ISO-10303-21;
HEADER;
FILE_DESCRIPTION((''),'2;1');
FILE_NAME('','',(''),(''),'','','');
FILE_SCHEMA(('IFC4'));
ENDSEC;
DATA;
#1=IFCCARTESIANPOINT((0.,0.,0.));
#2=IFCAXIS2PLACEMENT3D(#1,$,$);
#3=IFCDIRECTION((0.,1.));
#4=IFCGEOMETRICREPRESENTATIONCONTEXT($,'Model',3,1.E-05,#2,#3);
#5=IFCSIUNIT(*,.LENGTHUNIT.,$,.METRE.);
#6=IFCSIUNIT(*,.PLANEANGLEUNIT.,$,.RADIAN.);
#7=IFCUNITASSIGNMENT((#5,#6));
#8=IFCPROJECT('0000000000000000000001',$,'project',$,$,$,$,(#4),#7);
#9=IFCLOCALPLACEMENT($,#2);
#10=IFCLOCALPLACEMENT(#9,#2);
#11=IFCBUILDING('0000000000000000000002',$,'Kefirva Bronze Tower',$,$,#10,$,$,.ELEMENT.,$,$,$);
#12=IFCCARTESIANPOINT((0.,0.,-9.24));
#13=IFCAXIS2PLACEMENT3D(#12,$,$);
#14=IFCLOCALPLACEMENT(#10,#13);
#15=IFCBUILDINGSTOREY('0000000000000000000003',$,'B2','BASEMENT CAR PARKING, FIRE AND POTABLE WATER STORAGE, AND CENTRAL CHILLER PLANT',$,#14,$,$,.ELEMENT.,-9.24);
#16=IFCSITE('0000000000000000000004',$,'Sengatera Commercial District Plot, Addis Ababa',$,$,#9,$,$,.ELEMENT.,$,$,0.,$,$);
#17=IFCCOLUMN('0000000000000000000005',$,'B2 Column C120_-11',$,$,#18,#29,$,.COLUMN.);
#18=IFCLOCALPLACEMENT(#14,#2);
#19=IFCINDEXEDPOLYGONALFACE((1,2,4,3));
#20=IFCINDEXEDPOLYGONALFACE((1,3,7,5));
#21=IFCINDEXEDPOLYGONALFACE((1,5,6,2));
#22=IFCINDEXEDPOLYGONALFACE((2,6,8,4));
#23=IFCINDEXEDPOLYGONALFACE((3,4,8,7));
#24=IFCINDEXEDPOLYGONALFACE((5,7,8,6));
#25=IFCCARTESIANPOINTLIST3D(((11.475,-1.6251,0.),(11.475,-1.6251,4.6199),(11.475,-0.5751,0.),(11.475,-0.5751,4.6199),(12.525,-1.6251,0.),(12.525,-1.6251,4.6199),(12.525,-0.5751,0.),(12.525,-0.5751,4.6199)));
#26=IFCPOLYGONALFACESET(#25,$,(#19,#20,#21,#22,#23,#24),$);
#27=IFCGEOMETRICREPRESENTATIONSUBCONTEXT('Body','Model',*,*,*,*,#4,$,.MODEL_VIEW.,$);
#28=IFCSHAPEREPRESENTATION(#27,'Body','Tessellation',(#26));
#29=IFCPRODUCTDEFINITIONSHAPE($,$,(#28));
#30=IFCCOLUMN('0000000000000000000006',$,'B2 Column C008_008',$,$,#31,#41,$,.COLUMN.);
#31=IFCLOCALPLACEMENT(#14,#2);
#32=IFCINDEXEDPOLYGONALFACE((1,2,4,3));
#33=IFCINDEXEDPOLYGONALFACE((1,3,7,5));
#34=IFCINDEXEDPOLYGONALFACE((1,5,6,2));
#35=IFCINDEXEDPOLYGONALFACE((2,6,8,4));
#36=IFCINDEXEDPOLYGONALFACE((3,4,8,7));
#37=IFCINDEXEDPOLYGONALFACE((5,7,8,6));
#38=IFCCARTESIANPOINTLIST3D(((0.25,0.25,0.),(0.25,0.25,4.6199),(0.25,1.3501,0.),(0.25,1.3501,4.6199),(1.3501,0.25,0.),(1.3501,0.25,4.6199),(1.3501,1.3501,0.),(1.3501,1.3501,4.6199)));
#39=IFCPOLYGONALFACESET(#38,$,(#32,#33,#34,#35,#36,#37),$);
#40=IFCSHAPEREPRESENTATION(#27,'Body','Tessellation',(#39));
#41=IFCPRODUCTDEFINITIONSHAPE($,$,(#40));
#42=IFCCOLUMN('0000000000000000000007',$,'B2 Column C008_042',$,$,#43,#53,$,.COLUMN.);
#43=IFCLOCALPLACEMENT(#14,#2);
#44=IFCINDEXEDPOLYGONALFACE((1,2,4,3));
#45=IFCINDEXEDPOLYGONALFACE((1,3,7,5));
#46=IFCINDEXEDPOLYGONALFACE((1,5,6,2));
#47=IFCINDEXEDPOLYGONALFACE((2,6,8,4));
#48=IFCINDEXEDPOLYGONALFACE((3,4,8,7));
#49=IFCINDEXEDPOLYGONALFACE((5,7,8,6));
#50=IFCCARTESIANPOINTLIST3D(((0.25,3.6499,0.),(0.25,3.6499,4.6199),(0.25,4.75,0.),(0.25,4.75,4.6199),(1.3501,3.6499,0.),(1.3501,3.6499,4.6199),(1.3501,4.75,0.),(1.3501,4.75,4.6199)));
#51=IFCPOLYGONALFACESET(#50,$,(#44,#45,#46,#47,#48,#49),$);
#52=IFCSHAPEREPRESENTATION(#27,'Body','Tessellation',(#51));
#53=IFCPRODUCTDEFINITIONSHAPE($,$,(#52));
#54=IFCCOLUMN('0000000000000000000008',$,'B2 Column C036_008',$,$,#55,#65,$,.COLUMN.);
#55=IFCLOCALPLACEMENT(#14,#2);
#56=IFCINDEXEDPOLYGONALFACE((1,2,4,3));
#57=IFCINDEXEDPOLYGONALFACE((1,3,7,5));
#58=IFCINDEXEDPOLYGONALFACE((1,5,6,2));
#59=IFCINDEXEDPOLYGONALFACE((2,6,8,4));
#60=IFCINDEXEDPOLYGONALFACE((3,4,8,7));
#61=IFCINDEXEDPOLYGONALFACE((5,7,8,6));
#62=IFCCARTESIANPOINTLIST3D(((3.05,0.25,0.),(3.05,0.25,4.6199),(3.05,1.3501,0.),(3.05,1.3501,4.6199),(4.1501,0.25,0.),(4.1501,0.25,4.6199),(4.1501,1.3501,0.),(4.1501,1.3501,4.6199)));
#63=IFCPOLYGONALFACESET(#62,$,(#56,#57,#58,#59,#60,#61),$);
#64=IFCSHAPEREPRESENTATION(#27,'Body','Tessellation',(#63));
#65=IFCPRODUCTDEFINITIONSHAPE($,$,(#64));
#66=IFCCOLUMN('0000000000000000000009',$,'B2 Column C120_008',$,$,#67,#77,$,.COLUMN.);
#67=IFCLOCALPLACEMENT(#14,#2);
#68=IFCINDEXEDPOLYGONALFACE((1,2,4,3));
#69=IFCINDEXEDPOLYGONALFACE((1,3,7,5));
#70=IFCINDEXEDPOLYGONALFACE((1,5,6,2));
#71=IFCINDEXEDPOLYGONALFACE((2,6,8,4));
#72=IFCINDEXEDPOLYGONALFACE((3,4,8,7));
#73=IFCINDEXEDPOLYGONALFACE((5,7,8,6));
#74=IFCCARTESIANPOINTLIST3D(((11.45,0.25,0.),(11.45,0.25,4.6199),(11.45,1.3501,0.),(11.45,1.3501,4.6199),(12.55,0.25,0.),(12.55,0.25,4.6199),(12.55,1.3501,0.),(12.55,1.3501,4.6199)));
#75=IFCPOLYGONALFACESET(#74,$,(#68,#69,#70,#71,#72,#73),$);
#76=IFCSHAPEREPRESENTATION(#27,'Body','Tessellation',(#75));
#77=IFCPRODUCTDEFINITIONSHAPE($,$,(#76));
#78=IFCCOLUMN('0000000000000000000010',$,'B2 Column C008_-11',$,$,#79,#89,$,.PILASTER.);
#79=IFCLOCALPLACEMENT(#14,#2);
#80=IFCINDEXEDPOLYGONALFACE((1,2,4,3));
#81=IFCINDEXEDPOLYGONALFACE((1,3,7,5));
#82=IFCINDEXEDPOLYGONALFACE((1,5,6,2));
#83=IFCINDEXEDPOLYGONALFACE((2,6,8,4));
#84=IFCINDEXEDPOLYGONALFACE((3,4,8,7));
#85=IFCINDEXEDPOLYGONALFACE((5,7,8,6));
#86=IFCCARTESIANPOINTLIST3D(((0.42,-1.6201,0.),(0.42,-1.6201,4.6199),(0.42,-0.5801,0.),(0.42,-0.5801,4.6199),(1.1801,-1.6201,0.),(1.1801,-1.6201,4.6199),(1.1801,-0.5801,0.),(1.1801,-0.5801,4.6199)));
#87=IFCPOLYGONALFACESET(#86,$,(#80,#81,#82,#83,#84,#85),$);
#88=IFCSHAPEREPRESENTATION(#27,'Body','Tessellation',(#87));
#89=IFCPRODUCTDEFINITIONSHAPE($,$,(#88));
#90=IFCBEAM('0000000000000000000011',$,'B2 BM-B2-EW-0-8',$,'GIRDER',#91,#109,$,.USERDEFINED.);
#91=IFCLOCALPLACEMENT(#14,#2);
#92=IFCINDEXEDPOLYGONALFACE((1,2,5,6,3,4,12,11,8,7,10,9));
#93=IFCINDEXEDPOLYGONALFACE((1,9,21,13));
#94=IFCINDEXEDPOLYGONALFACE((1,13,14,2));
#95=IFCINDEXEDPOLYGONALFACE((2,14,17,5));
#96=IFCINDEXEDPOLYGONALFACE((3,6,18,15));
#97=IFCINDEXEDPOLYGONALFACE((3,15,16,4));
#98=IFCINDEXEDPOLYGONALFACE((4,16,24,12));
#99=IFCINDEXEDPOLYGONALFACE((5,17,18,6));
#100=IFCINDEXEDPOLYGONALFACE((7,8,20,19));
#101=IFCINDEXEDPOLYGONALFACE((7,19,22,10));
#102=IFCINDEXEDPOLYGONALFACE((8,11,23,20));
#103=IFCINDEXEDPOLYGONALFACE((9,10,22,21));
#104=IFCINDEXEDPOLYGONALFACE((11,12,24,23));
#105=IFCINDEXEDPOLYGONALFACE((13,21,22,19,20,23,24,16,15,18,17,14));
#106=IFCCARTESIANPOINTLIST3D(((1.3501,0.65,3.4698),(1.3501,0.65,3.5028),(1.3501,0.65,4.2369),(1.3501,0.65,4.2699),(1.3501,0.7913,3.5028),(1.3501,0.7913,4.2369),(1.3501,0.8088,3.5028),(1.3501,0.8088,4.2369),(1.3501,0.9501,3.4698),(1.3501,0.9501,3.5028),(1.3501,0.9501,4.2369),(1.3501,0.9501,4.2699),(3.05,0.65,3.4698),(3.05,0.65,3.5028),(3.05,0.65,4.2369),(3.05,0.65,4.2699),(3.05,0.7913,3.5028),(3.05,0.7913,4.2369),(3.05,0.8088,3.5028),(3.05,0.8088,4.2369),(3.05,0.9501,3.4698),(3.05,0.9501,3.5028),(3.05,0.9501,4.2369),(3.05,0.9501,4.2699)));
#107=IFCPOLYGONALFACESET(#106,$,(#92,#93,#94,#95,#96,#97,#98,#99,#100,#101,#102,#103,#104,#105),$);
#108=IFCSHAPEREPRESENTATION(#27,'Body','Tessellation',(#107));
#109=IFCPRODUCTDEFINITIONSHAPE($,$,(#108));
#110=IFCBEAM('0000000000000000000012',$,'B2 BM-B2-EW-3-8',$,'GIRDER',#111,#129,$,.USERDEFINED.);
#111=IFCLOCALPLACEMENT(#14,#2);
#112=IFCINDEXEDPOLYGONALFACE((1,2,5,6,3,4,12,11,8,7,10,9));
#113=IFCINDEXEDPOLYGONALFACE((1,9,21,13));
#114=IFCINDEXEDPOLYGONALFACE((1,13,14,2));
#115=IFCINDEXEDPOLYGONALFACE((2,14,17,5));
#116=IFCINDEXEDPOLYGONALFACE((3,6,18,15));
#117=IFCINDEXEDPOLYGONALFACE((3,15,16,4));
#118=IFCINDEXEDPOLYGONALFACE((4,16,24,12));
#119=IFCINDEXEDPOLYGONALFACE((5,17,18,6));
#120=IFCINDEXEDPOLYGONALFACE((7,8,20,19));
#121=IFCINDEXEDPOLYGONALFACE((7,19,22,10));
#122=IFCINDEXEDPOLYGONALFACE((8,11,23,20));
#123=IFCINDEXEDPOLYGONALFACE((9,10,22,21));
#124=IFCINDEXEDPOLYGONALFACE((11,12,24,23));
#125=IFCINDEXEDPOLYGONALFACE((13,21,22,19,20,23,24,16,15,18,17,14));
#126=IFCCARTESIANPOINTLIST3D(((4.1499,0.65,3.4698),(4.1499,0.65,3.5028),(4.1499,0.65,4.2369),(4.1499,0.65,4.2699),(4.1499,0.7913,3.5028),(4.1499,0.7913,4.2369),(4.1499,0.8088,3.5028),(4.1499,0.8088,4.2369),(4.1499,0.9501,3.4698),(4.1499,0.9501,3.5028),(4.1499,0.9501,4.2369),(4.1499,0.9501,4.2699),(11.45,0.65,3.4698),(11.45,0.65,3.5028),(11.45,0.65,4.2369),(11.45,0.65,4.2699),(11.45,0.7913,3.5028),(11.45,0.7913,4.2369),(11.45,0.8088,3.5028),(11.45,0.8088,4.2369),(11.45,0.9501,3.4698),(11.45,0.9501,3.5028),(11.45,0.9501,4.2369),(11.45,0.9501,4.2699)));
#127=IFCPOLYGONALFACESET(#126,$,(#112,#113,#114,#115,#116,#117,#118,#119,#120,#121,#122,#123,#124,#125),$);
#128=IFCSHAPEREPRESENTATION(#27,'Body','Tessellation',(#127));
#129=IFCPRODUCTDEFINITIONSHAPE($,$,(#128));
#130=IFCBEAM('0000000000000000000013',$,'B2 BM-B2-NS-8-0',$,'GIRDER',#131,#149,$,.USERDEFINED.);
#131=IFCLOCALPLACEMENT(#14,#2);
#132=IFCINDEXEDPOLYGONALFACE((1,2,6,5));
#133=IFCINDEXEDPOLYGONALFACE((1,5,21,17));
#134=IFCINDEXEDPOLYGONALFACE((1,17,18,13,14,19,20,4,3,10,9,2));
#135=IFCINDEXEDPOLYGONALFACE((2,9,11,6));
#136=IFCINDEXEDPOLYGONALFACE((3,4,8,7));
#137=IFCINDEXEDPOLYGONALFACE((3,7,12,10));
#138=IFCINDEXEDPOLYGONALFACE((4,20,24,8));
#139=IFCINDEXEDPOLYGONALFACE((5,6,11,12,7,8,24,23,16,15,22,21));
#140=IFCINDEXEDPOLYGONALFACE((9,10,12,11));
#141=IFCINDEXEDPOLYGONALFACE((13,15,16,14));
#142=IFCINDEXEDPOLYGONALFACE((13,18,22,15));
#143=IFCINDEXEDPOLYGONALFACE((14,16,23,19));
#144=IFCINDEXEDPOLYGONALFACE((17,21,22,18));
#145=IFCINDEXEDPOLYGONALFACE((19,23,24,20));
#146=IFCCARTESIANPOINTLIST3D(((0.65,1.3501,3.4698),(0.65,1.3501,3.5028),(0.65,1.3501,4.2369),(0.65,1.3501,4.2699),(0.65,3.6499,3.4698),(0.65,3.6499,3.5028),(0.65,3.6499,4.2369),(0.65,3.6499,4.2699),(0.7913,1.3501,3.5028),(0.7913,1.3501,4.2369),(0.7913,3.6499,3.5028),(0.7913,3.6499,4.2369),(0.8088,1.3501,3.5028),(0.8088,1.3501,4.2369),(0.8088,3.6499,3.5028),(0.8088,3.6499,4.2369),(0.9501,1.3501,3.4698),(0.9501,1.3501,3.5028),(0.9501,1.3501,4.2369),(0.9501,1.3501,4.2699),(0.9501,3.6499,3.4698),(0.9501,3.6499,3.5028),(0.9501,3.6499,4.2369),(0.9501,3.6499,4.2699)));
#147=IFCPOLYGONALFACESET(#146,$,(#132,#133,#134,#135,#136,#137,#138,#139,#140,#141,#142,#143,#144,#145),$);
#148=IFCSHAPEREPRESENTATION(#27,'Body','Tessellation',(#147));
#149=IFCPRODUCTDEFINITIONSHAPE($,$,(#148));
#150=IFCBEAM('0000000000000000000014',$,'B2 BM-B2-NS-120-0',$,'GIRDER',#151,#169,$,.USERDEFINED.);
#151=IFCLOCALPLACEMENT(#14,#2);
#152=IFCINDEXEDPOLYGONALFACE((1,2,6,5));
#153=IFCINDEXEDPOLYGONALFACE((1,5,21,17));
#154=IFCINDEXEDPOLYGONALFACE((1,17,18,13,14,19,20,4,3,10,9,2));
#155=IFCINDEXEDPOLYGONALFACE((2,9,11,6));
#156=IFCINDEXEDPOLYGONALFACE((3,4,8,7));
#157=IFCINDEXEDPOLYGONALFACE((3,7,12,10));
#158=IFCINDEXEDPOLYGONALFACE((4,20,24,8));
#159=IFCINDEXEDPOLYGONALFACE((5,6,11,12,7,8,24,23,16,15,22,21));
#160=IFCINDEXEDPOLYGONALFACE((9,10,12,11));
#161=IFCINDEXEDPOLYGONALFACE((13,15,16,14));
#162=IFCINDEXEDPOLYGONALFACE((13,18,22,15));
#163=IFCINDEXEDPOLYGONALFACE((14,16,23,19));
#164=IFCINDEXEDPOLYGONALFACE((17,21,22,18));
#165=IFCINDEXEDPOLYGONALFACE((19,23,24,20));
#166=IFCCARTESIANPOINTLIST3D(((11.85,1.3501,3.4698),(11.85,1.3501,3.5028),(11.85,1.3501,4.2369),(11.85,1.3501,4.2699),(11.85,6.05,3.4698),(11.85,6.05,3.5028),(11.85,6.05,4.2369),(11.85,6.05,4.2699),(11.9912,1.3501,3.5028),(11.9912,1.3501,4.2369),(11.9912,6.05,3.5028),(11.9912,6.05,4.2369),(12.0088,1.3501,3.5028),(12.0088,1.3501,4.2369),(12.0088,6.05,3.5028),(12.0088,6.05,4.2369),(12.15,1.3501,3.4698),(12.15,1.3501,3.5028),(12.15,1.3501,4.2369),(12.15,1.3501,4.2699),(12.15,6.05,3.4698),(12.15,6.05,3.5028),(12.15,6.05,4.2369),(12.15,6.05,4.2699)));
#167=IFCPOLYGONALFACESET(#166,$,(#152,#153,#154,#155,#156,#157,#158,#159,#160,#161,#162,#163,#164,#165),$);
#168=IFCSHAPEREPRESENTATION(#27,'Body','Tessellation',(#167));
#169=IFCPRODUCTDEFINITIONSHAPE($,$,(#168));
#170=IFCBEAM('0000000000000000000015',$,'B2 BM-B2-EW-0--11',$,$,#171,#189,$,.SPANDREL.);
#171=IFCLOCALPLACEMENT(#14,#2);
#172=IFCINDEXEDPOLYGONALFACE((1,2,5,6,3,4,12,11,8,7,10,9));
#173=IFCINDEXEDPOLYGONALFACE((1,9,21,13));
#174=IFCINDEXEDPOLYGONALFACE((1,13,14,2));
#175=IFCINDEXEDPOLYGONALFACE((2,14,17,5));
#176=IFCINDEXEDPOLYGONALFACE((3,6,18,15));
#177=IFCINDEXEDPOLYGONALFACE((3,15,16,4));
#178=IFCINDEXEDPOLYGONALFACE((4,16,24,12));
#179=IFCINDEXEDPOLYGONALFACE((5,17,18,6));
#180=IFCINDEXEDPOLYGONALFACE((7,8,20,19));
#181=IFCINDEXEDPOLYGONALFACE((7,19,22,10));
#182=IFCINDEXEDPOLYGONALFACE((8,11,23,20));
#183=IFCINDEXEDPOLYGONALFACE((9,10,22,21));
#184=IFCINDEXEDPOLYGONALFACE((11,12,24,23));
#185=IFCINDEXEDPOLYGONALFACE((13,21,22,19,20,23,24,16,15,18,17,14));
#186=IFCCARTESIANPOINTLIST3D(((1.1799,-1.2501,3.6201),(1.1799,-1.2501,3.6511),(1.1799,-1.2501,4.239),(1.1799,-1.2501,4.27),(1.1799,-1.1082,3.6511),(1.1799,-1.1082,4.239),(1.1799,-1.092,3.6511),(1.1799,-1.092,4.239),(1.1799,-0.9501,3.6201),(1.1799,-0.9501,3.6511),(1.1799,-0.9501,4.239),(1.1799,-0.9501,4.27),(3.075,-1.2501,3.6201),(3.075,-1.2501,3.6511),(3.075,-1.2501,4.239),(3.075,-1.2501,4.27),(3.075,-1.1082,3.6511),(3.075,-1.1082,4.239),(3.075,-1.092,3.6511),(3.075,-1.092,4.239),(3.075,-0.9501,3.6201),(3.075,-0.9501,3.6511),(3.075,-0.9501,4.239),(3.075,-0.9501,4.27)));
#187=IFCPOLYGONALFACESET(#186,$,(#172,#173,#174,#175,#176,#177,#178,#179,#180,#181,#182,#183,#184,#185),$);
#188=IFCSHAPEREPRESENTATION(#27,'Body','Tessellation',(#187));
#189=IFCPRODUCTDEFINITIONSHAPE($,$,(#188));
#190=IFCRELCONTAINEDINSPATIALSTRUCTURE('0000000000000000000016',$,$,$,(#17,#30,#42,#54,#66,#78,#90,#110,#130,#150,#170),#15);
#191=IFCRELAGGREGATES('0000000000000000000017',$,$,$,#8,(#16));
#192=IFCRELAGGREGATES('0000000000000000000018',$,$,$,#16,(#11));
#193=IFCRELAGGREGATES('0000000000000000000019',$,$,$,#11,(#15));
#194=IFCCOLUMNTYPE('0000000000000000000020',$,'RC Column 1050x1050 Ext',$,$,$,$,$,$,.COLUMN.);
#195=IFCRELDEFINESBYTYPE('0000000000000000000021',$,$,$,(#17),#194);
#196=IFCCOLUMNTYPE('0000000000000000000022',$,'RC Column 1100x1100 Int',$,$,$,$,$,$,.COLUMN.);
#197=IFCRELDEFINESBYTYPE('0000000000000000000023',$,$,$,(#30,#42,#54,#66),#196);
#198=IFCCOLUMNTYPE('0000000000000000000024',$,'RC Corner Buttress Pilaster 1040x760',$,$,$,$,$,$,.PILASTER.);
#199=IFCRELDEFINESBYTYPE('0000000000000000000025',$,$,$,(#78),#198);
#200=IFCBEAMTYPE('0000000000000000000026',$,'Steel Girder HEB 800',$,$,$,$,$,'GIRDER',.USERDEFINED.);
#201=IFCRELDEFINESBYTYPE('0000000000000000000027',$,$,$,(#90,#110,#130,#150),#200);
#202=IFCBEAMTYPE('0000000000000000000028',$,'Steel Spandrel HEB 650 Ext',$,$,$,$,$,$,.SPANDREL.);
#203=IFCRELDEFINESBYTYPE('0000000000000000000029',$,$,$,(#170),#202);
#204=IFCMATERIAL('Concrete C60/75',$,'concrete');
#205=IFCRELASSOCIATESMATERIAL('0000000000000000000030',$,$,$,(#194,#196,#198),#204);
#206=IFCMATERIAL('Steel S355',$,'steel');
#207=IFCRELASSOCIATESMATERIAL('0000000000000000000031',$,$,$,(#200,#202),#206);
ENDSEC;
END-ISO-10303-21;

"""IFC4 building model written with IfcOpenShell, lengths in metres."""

from ifc_helpers import new_model, si_unit, direction, frame, origin, origin_2d, place, context, subcontext, project, spatial, rectangle, i_section, extrude, material, material_profile, profile_set, type_object, element, save


model = new_model("IFC4")

# Units and contexts
model_context = context("Model", 3, precision=1e-05, world=origin(), true_north=direction((0.0, 1.0)))
body_context = subcontext(model_context, "Body", "Model", "MODEL_VIEW")
ifc_project = project(units=[si_unit("LENGTHUNIT", "METRE"), si_unit("PLANEANGLEUNIT", "RADIAN")], contexts=[model_context])

# Site, building, storey
site_placement = place(None, origin())
site = spatial("IfcSite", under=ifc_project, at=site_placement, Name="Sengatera Commercial District Plot, Addis Ababa", CompositionType="ELEMENT", RefElevation=0.0)
building_placement = place(site_placement, origin())
building = spatial("IfcBuilding", under=site, at=building_placement, Name="Kefirva Bronze Tower", CompositionType="ELEMENT")
storey_placement = place(building_placement, frame((0.0, 0.0, -9.24)))
storey = spatial("IfcBuildingStorey", under=building, at=storey_placement, Name="B2", Description="BASEMENT CAR PARKING, FIRE AND POTABLE WATER STORAGE, AND CENTRAL CHILLER PLANT", CompositionType="ELEMENT", Elevation=-9.24)

# Columns
ifc_material_1 = material(Name="Concrete C60/75", Category="concrete")
ifc_material_profile_1 = material_profile(ifc_material_1, rectangle(XDim=1.05, YDim=1.05, at=origin_2d()), Name="RC 1050x1050")
ifc_profile_set_1 = profile_set([ifc_material_profile_1], Name="Concrete C60/75")
column_type_1 = type_object("IfcColumnType", Name="RC Column 1050x1050 Ext", PredefinedType="COLUMN", material=ifc_profile_set_1)
for number, where, z_axis, x_axis, name in (
    (1, (12.0, -1.1001, 0.0), (0.0, 0.0, 1.0), (1.0, 0.0, 0.0), "B2 Column C120_-11"),
):
    element("IfcColumn", number, at=place(storey_placement, frame(where, z_axis=z_axis, x_axis=x_axis)), inside=storey, type_object=column_type_1, Name=name, PredefinedType="COLUMN", context=body_context, shape_type="SweptSolid", body=[
        extrude(rectangle(XDim=1.05, YDim=1.05, at=origin_2d()), origin(), (0.0, 0.0, 1.0), 4.6199),
    ])
ifc_material_profile_2 = material_profile(ifc_material_1, rectangle(XDim=1.1001, YDim=1.1001, at=origin_2d()), Name="RC 1100x1100")
ifc_profile_set_2 = profile_set([ifc_material_profile_2], Name="Concrete C60/75")
column_type_2 = type_object("IfcColumnType", Name="RC Column 1100x1100 Int", PredefinedType="COLUMN", material=ifc_profile_set_2)
for number, where, z_axis, x_axis, name in (
    (2, (0.8, 0.8, 0.0), (0.0, 0.0, 1.0), (1.0, 0.0, 0.0), "B2 Column C008_008"),
    (3, (0.8, 4.2, 0.0), (0.0, 0.0, 1.0), (1.0, 0.0, 0.0), "B2 Column C008_042"),
    (4, (3.6001, 0.8, 0.0), (0.0, 0.0, 1.0), (1.0, 0.0, 0.0), "B2 Column C036_008"),
    (5, (12.0, 0.8, 0.0), (0.0, 0.0, 1.0), (1.0, 0.0, 0.0), "B2 Column C120_008"),
):
    element("IfcColumn", number, at=place(storey_placement, frame(where, z_axis=z_axis, x_axis=x_axis)), inside=storey, type_object=column_type_2, Name=name, PredefinedType="COLUMN", context=body_context, shape_type="SweptSolid", body=[
        extrude(rectangle(XDim=1.1001, YDim=1.1001, at=origin_2d()), origin(), (0.0, 0.0, 1.0), 4.6199),
    ])
ifc_material_profile_3 = material_profile(ifc_material_1, rectangle(XDim=0.76, YDim=1.04, at=origin_2d()), Name="RC 760x1040")
ifc_profile_set_3 = profile_set([ifc_material_profile_3], Name="Concrete C60/75")
column_type_3 = type_object("IfcColumnType", Name="RC Corner Buttress Pilaster 1040x760", PredefinedType="PILASTER", material=ifc_profile_set_3)
column_placement = place(storey_placement, frame((0.8, -1.1001, 0.0), z_axis=(0.0, 0.0, 1.0), x_axis=(1.0, 0.0, 0.0)))
element("IfcColumn", 6, at=column_placement, inside=storey, type_object=column_type_3, Name="B2 Column C008_-11", PredefinedType="PILASTER", context=body_context, shape_type="SweptSolid", body=[
    extrude(rectangle(XDim=0.76, YDim=1.04, at=origin_2d()), origin(), (0.0, 0.0, 1.0), 4.6199),
])

# Beams
ifc_material_2 = material(Name="Steel S355", Category="steel")
ifc_material_profile_4 = material_profile(ifc_material_2, i_section(OverallWidth=0.3, OverallDepth=0.8, WebThickness=0.0176, FlangeThickness=0.033, at=origin_2d()), Name="HEB 800")
ifc_profile_set_4 = profile_set([ifc_material_profile_4], Name="Steel S355")
beam_type_1 = type_object("IfcBeamType", Name="Steel Girder HEB 800", ElementType="GIRDER", PredefinedType="USERDEFINED", material=ifc_profile_set_4)
beam_1_placement = place(storey_placement, frame((1.3501, 0.8, 3.8699), z_axis=(1.0, 0.0, 0.0), x_axis=(0.0, 1.0, 0.0)))
element("IfcBeam", 7, at=beam_1_placement, inside=storey, type_object=beam_type_1, Name="B2 BM-B2-EW-0-8", ObjectType="GIRDER", PredefinedType="USERDEFINED", context=body_context, shape_type="SweptSolid", body=[
    extrude(i_section(OverallWidth=0.3, OverallDepth=0.8, WebThickness=0.0176, FlangeThickness=0.033, at=origin_2d()), origin(), (0.0, 0.0, 1.0), 1.7),
])
beam_2_placement = place(storey_placement, frame((4.1499, 0.8, 3.8699), z_axis=(1.0, 0.0, 0.0), x_axis=(0.0, 1.0, 0.0)))
element("IfcBeam", 8, at=beam_2_placement, inside=storey, type_object=beam_type_1, Name="B2 BM-B2-EW-3-8", ObjectType="GIRDER", PredefinedType="USERDEFINED", context=body_context, shape_type="SweptSolid", body=[
    extrude(i_section(OverallWidth=0.3, OverallDepth=0.8, WebThickness=0.0176, FlangeThickness=0.033, at=origin_2d()), origin(), (0.0, 0.0, 1.0), 7.3),
])
beam_3_placement = place(storey_placement, frame((0.8, 1.3501, 3.8699), z_axis=(0.0, 1.0, 0.0), x_axis=(-1.0, 0.0, 0.0)))
element("IfcBeam", 9, at=beam_3_placement, inside=storey, type_object=beam_type_1, Name="B2 BM-B2-NS-8-0", ObjectType="GIRDER", PredefinedType="USERDEFINED", context=body_context, shape_type="SweptSolid", body=[
    extrude(i_section(OverallWidth=0.3, OverallDepth=0.8, WebThickness=0.0176, FlangeThickness=0.033, at=origin_2d()), origin(), (0.0, 0.0, 1.0), 2.2998),
])
beam_4_placement = place(storey_placement, frame((12.0, 1.3501, 3.8699), z_axis=(0.0, 1.0, 0.0), x_axis=(-1.0, 0.0, 0.0)))
element("IfcBeam", 10, at=beam_4_placement, inside=storey, type_object=beam_type_1, Name="B2 BM-B2-NS-120-0", ObjectType="GIRDER", PredefinedType="USERDEFINED", context=body_context, shape_type="SweptSolid", body=[
    extrude(i_section(OverallWidth=0.3, OverallDepth=0.8, WebThickness=0.0176, FlangeThickness=0.033, at=origin_2d()), origin(), (0.0, 0.0, 1.0), 4.7),
])
ifc_material_profile_5 = material_profile(ifc_material_2, i_section(OverallWidth=0.3, OverallDepth=0.6499, WebThickness=0.0161, FlangeThickness=0.031, at=origin_2d()), Name="HEB 650")
ifc_profile_set_5 = profile_set([ifc_material_profile_5], Name="Steel S355")
beam_type_2 = type_object("IfcBeamType", Name="Steel Spandrel HEB 650 Ext", PredefinedType="SPANDREL", material=ifc_profile_set_5)
beam_5_placement = place(storey_placement, frame((1.1799, -1.1001, 3.9451), z_axis=(1.0, 0.0, 0.0), x_axis=(0.0, 1.0, 0.0)))
element("IfcBeam", 11, at=beam_5_placement, inside=storey, type_object=beam_type_2, Name="B2 BM-B2-EW-0--11", PredefinedType="SPANDREL", context=body_context, shape_type="SweptSolid", body=[
    extrude(i_section(OverallWidth=0.3, OverallDepth=0.6499, WebThickness=0.0161, FlangeThickness=0.031, at=origin_2d()), origin(), (0.0, 0.0, 1.0), 1.895),
])

save(model, "model.ifc")
